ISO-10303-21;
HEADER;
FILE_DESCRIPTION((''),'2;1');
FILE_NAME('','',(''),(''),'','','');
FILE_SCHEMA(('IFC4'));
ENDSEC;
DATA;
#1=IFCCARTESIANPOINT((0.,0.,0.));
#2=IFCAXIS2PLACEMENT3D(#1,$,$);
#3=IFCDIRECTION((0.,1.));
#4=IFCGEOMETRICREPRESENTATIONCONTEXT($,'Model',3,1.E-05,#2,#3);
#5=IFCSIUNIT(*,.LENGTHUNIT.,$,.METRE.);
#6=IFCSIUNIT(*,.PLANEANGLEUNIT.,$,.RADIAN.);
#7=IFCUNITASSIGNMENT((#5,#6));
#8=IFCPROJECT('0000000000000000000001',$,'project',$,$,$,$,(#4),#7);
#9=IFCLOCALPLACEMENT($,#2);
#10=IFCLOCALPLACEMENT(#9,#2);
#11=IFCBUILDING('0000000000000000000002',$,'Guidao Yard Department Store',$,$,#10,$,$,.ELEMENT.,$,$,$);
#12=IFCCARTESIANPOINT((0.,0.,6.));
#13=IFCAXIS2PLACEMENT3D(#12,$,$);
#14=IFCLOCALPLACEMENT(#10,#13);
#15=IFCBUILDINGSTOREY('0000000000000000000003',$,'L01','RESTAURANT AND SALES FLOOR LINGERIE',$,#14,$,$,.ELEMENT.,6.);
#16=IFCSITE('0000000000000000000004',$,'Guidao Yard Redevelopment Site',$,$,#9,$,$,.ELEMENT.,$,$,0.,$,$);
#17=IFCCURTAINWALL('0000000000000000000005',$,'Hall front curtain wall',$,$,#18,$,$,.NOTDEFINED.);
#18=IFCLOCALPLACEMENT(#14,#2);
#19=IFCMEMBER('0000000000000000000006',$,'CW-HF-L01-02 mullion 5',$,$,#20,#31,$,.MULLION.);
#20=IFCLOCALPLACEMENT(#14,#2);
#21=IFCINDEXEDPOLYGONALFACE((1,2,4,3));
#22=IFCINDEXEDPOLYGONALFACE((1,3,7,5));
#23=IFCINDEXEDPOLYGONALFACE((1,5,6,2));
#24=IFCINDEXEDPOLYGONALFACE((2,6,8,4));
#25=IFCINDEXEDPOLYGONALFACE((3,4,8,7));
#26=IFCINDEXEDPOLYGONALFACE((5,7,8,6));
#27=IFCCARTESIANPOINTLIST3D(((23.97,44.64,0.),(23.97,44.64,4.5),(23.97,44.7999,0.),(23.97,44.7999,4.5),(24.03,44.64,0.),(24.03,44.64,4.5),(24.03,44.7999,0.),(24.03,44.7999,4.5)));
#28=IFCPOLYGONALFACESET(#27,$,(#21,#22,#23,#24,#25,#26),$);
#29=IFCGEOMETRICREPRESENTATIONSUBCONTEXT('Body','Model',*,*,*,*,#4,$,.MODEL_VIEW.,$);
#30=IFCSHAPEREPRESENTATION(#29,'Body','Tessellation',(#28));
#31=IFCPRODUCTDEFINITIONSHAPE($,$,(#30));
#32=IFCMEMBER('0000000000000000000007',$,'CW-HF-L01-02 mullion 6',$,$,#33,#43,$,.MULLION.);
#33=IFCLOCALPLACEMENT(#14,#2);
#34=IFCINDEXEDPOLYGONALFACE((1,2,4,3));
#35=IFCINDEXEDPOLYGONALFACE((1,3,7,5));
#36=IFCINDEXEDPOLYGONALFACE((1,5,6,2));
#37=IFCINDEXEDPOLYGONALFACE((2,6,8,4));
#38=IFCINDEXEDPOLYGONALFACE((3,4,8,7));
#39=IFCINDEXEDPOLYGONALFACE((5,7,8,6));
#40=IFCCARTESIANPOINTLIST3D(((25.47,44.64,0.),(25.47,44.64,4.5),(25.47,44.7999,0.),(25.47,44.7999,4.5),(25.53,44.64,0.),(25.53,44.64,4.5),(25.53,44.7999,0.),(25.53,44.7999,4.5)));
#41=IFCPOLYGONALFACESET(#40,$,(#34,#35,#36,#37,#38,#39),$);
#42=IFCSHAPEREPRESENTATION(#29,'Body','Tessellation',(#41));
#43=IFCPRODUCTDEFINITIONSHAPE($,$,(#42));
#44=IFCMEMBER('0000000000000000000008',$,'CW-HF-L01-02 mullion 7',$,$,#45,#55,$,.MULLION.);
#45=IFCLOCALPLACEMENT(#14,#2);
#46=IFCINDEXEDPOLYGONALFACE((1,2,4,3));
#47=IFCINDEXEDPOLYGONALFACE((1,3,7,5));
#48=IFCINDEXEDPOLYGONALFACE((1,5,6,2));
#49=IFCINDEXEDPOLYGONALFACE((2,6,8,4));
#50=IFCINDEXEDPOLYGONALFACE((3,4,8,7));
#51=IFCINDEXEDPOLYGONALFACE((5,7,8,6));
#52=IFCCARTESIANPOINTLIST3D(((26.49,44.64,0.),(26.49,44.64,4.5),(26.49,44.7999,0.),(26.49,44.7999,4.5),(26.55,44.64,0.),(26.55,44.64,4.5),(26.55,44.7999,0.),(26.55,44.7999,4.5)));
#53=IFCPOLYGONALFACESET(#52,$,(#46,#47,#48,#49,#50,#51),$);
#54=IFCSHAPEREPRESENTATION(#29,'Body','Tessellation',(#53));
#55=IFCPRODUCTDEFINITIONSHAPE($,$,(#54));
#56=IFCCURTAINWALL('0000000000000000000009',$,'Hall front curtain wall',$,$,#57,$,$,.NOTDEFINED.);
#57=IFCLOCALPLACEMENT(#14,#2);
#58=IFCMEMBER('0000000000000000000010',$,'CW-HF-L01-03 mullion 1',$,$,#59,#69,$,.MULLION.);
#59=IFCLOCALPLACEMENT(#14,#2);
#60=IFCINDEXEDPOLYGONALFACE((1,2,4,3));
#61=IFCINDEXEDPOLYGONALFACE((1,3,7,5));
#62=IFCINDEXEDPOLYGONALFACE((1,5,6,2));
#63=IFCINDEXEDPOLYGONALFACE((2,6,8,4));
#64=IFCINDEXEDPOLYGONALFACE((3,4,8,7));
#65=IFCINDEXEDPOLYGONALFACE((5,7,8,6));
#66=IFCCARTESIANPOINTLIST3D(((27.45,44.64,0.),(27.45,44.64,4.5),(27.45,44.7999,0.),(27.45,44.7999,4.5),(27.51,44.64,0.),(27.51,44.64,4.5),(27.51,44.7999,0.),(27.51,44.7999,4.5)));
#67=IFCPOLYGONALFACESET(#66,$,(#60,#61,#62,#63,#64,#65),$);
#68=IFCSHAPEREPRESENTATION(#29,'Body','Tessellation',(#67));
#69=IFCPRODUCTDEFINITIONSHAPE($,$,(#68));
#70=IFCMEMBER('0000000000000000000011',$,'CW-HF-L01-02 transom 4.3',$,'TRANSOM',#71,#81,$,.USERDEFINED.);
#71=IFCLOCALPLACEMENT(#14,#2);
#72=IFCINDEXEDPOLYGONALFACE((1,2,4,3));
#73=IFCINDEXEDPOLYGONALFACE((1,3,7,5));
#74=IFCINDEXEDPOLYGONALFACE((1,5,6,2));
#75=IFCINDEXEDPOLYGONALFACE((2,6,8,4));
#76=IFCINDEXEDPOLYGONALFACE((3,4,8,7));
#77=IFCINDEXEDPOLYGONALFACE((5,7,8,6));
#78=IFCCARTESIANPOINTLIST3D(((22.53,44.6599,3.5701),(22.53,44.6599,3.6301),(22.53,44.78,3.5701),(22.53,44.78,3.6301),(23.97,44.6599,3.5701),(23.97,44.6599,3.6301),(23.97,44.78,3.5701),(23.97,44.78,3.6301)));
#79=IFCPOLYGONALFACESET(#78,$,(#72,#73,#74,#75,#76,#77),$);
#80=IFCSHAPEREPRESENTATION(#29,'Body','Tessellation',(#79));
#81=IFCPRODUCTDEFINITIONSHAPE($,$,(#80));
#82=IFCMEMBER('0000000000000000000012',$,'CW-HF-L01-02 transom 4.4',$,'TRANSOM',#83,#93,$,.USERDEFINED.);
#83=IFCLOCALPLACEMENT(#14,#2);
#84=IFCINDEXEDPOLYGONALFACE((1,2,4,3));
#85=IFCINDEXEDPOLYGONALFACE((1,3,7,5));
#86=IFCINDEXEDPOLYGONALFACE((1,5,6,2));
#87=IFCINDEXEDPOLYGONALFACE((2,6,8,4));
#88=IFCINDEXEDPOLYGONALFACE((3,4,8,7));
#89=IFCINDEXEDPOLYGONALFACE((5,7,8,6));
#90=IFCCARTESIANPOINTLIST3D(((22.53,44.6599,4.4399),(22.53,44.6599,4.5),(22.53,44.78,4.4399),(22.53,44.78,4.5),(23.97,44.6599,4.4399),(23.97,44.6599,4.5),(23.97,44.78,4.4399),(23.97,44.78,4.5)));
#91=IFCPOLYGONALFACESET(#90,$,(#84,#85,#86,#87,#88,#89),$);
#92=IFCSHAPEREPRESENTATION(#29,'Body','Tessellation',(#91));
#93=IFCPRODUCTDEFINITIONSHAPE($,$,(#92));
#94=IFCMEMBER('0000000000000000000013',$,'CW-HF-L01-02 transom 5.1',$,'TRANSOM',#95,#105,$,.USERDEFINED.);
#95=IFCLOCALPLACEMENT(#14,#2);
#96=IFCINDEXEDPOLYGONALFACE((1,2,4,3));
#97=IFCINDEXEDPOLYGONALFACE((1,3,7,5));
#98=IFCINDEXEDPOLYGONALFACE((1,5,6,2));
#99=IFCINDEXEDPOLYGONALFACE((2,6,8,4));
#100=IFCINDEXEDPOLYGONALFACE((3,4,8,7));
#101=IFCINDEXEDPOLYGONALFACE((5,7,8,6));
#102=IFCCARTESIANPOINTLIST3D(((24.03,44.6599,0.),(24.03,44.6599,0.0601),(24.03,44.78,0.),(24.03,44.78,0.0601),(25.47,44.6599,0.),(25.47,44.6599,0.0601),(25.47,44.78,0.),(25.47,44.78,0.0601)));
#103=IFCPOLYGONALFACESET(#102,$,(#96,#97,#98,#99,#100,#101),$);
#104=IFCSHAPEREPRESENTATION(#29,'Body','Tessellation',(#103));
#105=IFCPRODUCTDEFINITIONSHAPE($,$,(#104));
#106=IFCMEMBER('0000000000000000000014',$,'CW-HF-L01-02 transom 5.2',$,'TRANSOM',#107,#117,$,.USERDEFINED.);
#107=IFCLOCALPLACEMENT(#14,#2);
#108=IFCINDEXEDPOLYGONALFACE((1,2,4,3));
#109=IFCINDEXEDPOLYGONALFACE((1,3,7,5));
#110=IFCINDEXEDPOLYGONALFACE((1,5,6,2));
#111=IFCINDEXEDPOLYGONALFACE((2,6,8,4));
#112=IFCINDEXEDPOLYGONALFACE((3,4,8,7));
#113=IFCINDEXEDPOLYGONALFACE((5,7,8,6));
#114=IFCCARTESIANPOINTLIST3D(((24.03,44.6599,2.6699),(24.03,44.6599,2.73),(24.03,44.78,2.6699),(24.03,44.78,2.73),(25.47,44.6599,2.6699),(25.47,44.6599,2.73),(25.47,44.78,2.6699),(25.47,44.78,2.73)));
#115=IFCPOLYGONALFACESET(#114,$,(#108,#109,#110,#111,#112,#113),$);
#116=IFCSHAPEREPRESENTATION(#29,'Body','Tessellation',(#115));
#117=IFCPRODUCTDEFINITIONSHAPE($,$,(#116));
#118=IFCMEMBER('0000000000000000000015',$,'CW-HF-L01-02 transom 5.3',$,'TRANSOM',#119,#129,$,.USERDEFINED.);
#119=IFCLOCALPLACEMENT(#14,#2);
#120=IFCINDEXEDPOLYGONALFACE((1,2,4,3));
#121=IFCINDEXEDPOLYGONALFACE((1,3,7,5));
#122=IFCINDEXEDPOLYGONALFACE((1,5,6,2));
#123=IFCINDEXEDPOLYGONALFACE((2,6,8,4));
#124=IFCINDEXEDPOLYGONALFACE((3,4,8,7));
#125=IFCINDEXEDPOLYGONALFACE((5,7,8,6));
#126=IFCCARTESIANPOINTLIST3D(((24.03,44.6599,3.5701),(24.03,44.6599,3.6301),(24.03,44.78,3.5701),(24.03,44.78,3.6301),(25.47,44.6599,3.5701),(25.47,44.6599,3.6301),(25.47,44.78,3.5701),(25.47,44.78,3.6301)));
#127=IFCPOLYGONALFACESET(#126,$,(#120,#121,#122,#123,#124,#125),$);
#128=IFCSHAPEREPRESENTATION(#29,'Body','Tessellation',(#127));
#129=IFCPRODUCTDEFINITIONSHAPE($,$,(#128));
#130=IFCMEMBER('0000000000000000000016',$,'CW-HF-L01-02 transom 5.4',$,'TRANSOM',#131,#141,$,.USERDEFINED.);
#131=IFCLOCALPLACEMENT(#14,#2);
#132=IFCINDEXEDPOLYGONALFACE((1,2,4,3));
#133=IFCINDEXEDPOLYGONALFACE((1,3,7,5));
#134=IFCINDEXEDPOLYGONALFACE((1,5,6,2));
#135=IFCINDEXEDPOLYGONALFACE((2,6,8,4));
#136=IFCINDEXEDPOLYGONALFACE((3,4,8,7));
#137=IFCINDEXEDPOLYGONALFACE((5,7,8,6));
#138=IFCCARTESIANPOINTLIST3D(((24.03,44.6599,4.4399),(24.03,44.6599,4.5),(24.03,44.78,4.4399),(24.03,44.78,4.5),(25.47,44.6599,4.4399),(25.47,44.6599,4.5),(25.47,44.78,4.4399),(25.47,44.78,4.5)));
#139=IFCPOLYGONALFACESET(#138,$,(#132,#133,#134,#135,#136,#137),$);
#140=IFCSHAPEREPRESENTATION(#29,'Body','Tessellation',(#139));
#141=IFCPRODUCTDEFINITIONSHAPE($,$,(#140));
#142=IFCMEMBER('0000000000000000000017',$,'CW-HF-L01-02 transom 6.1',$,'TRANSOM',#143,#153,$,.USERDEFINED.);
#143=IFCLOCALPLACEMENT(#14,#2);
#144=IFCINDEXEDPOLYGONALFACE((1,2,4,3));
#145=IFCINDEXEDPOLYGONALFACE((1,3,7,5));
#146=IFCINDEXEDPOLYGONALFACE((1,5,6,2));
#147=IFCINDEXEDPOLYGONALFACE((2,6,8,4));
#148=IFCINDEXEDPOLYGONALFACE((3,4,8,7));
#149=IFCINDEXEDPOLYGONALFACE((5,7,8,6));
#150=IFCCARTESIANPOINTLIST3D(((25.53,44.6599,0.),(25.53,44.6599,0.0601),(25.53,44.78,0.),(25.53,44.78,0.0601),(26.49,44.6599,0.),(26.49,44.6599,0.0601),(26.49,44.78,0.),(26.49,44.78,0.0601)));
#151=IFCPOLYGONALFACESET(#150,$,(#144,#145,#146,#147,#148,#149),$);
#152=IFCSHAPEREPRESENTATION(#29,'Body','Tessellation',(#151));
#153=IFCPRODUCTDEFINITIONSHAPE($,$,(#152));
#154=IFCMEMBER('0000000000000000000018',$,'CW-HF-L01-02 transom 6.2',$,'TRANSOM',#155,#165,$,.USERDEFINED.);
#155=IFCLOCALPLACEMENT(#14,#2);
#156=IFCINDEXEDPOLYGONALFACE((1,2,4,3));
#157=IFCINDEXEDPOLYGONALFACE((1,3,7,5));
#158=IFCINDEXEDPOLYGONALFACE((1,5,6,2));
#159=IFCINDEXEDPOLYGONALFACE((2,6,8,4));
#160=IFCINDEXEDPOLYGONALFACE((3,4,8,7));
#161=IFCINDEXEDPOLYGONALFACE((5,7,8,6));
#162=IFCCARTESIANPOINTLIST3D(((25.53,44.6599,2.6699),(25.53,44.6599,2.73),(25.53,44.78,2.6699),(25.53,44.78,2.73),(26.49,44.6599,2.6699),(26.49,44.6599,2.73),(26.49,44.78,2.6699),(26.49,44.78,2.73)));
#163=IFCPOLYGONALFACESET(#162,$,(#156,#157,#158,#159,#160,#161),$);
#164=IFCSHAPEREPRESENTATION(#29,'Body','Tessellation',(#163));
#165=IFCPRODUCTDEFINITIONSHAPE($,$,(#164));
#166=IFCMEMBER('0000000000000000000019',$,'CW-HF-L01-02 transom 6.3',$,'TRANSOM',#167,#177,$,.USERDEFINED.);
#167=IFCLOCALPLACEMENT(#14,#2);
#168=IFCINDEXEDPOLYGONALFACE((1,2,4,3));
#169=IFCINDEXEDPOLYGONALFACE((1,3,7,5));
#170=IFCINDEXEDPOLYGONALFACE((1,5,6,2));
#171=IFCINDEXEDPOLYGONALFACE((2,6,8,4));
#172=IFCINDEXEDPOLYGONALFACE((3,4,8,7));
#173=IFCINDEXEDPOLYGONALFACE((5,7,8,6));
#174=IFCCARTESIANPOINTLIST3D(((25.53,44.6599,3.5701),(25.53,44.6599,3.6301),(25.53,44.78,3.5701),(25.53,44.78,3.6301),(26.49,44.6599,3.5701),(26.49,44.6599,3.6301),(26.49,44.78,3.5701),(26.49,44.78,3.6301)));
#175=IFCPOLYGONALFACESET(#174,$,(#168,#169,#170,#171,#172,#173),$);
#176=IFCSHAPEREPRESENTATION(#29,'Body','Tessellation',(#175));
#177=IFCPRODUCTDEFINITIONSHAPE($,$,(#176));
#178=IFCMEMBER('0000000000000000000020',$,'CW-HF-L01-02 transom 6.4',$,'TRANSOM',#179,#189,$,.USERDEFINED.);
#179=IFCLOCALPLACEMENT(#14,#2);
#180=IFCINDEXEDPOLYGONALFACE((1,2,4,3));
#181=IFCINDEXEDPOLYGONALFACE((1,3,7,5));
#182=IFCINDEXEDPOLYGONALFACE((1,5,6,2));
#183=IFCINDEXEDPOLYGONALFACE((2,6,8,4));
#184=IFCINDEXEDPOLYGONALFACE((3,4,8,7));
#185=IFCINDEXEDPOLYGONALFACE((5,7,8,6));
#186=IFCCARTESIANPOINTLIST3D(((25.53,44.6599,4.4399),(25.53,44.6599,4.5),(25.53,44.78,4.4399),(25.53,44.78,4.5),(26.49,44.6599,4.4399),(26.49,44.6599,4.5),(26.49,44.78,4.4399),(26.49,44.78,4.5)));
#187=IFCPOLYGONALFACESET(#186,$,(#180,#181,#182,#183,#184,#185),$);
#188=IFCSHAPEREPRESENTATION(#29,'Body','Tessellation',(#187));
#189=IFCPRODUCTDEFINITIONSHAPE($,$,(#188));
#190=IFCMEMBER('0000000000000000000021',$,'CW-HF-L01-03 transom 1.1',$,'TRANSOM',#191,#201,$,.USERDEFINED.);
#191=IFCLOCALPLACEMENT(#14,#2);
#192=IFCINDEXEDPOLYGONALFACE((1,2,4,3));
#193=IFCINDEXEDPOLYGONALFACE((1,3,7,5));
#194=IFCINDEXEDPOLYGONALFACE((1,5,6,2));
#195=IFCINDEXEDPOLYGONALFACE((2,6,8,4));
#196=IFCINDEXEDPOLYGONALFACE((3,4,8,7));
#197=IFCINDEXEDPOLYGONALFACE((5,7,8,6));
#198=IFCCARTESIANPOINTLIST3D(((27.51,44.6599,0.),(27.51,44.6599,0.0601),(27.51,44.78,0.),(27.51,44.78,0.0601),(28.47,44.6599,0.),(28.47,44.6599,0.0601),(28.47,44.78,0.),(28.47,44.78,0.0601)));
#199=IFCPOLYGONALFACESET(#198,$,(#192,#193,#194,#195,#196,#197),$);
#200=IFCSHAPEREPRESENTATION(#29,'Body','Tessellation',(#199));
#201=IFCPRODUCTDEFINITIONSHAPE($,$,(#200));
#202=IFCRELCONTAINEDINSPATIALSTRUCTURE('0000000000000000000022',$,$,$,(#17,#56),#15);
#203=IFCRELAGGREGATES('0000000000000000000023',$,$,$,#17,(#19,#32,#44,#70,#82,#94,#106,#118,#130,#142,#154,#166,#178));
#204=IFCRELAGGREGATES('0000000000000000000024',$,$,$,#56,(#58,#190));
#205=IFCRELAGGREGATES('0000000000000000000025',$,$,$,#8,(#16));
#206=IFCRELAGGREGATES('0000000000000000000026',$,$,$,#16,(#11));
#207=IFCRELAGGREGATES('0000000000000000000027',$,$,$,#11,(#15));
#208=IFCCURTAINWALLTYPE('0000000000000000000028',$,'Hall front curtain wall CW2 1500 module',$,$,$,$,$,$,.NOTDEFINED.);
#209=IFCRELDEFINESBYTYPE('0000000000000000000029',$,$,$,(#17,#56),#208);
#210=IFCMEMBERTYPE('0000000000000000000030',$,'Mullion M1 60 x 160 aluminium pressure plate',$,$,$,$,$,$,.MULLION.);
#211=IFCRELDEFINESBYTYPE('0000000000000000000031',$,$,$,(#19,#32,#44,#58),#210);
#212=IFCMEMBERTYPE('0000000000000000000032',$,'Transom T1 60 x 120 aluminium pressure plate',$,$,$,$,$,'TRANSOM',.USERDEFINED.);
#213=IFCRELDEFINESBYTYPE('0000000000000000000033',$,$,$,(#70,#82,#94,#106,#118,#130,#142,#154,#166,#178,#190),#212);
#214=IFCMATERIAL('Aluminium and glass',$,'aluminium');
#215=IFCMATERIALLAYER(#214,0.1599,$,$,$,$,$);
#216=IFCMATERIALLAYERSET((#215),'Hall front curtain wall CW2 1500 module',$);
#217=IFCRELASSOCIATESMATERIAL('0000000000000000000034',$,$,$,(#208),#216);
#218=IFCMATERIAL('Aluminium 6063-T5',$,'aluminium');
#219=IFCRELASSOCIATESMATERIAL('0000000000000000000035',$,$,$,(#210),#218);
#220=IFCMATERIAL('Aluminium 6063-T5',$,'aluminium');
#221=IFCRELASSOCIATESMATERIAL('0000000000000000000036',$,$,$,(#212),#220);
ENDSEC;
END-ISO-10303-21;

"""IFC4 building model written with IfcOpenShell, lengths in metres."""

from ifc_helpers import new_model, si_unit, direction, frame, origin, origin_2d, place, context, subcontext, project, spatial, rectangle, extrude, material, layer, layer_set, material_profile, profile_set, type_object, element, aggregate, save


model = new_model("IFC4")

# Units and contexts
model_context = context("Model", 3, precision=1e-05, world=origin(), true_north=direction((0.0, 1.0)))
body_context = subcontext(model_context, "Body", "Model", "MODEL_VIEW")
ifc_project = project(units=[si_unit("LENGTHUNIT", "METRE"), si_unit("PLANEANGLEUNIT", "RADIAN")], contexts=[model_context])

# Site, building, storey
site_placement = place(None, origin())
site = spatial("IfcSite", under=ifc_project, at=site_placement, Name="Guidao Yard Redevelopment Site", CompositionType="ELEMENT", RefElevation=0.0)
building_placement = place(site_placement, origin())
building = spatial("IfcBuilding", under=site, at=building_placement, Name="Guidao Yard Department Store", CompositionType="ELEMENT")
storey_placement = place(building_placement, frame((0.0, 0.0, 6.0)))
storey = spatial("IfcBuildingStorey", under=building, at=storey_placement, Name="L01", Description="RESTAURANT AND SALES FLOOR LINGERIE", CompositionType="ELEMENT", Elevation=6.0)

# Curtain wall, members
ifc_material_1 = material(Name="Aluminium and glass", Category="aluminium")
ifc_layer_1 = layer(ifc_material_1, 0.1599)
ifc_layer_set_1 = layer_set([ifc_layer_1], Name="Hall front curtain wall CW2 1500 module")
curtain_wall_type = type_object("IfcCurtainWallType", Name="Hall front curtain wall CW2 1500 module", PredefinedType="NOTDEFINED", material=ifc_layer_set_1)
curtain_wall_1_placement = place(storey_placement, origin())
curtain_wall_1 = element("IfcCurtainWall", 1, at=curtain_wall_1_placement, inside=storey, type_object=curtain_wall_type, Name="Hall front curtain wall", PredefinedType="NOTDEFINED")
ifc_material_2 = material(Name="Aluminium 6063-T5", Category="aluminium")
ifc_material_profile_1 = material_profile(ifc_material_2, rectangle(XDim=0.0601, YDim=0.1599, at=origin_2d()), Name="Mullion M1 60 x 160 aluminium pressure plate")
ifc_profile_set_1 = profile_set([ifc_material_profile_1], Name="Aluminium 6063-T5")
member_type_1 = type_object("IfcMemberType", Name="Mullion M1 60 x 160 aluminium pressure plate", PredefinedType="MULLION", material=ifc_profile_set_1)
member_1_placement = place(storey_placement, frame((24.0, 44.72, 0.0), z_axis=(0.0, 0.0, 1.0), x_axis=(-1.0, 0.0, 0.0)))
member_1 = element("IfcMember", 2, at=member_1_placement, type_object=member_type_1, Name="CW-HF-L01-02 mullion 5", PredefinedType="MULLION", context=body_context, shape_type="SweptSolid", body=[
    extrude(rectangle(XDim=0.0601, YDim=0.1599, at=origin_2d()), origin(), (0.0, 0.0, 1.0), 4.5),
])
member_2_placement = place(storey_placement, frame((25.5, 44.72, 0.0), z_axis=(0.0, 0.0, 1.0), x_axis=(-1.0, 0.0, 0.0)))
member_2 = element("IfcMember", 3, at=member_2_placement, type_object=member_type_1, Name="CW-HF-L01-02 mullion 6", PredefinedType="MULLION", context=body_context, shape_type="SweptSolid", body=[
    extrude(rectangle(XDim=0.0601, YDim=0.1599, at=origin_2d()), origin(), (0.0, 0.0, 1.0), 4.5),
])
member_3_placement = place(storey_placement, frame((26.52, 44.72, 0.0), z_axis=(0.0, 0.0, 1.0), x_axis=(-1.0, 0.0, 0.0)))
member_3 = element("IfcMember", 4, at=member_3_placement, type_object=member_type_1, Name="CW-HF-L01-02 mullion 7", PredefinedType="MULLION", context=body_context, shape_type="SweptSolid", body=[
    extrude(rectangle(XDim=0.0601, YDim=0.1599, at=origin_2d()), origin(), (0.0, 0.0, 1.0), 4.5),
])

# Curtain wall, member
curtain_wall_2_placement = place(storey_placement, origin())
curtain_wall_2 = element("IfcCurtainWall", 5, at=curtain_wall_2_placement, inside=storey, type_object=curtain_wall_type, Name="Hall front curtain wall", PredefinedType="NOTDEFINED")
member_4_placement = place(storey_placement, frame((27.48, 44.72, 0.0), z_axis=(0.0, 0.0, 1.0), x_axis=(-1.0, 0.0, 0.0)))
member_4 = element("IfcMember", 6, at=member_4_placement, type_object=member_type_1, Name="CW-HF-L01-03 mullion 1", PredefinedType="MULLION", context=body_context, shape_type="SweptSolid", body=[
    extrude(rectangle(XDim=0.0601, YDim=0.1599, at=origin_2d()), origin(), (0.0, 0.0, 1.0), 4.5),
])

# Members
ifc_material_3 = material(Name="Aluminium 6063-T5", Category="aluminium")
ifc_material_profile_2 = material_profile(ifc_material_3, rectangle(XDim=0.1201, YDim=0.0601, at=origin_2d()), Name="Transom T1 60 x 120 aluminium pressure plate")
ifc_profile_set_2 = profile_set([ifc_material_profile_2], Name="Aluminium 6063-T5")
member_type_2 = type_object("IfcMemberType", Name="Transom T1 60 x 120 aluminium pressure plate", ElementType="TRANSOM", PredefinedType="USERDEFINED", material=ifc_profile_set_2)
member_5_placement = place(storey_placement, frame((23.97, 44.72, 3.6001), z_axis=(-1.0, 0.0, 0.0), x_axis=(0.0, -1.0, 0.0)))
member_5 = element("IfcMember", 7, at=member_5_placement, type_object=member_type_2, Name="CW-HF-L01-02 transom 4.3", ObjectType="TRANSOM", PredefinedType="USERDEFINED", context=body_context, shape_type="SweptSolid", body=[
    extrude(rectangle(XDim=0.1201, YDim=0.0601, at=origin_2d()), origin(), (0.0, 0.0, 1.0), 1.4399),
])
member_6_placement = place(storey_placement, frame((23.97, 44.72, 4.47), z_axis=(-1.0, 0.0, 0.0), x_axis=(0.0, -1.0, 0.0)))
member_6 = element("IfcMember", 8, at=member_6_placement, type_object=member_type_2, Name="CW-HF-L01-02 transom 4.4", ObjectType="TRANSOM", PredefinedType="USERDEFINED", context=body_context, shape_type="SweptSolid", body=[
    extrude(rectangle(XDim=0.1201, YDim=0.0601, at=origin_2d()), origin(), (0.0, 0.0, 1.0), 1.4399),
])
member_7_placement = place(storey_placement, frame((25.47, 44.72, 0.03), z_axis=(-1.0, 0.0, 0.0), x_axis=(0.0, -1.0, 0.0)))
member_7 = element("IfcMember", 9, at=member_7_placement, type_object=member_type_2, Name="CW-HF-L01-02 transom 5.1", ObjectType="TRANSOM", PredefinedType="USERDEFINED", context=body_context, shape_type="SweptSolid", body=[
    extrude(rectangle(XDim=0.1201, YDim=0.0601, at=origin_2d()), origin(), (0.0, 0.0, 1.0), 1.4399),
])
member_8_placement = place(storey_placement, frame((25.47, 44.72, 2.7), z_axis=(-1.0, 0.0, 0.0), x_axis=(0.0, -1.0, 0.0)))
member_8 = element("IfcMember", 10, at=member_8_placement, type_object=member_type_2, Name="CW-HF-L01-02 transom 5.2", ObjectType="TRANSOM", PredefinedType="USERDEFINED", context=body_context, shape_type="SweptSolid", body=[
    extrude(rectangle(XDim=0.1201, YDim=0.0601, at=origin_2d()), origin(), (0.0, 0.0, 1.0), 1.4399),
])
member_9_placement = place(storey_placement, frame((25.47, 44.72, 3.6001), z_axis=(-1.0, 0.0, 0.0), x_axis=(0.0, -1.0, 0.0)))
member_9 = element("IfcMember", 11, at=member_9_placement, type_object=member_type_2, Name="CW-HF-L01-02 transom 5.3", ObjectType="TRANSOM", PredefinedType="USERDEFINED", context=body_context, shape_type="SweptSolid", body=[
    extrude(rectangle(XDim=0.1201, YDim=0.0601, at=origin_2d()), origin(), (0.0, 0.0, 1.0), 1.4399),
])
member_10_placement = place(storey_placement, frame((25.47, 44.72, 4.47), z_axis=(-1.0, 0.0, 0.0), x_axis=(0.0, -1.0, 0.0)))
member_10 = element("IfcMember", 12, at=member_10_placement, type_object=member_type_2, Name="CW-HF-L01-02 transom 5.4", ObjectType="TRANSOM", PredefinedType="USERDEFINED", context=body_context, shape_type="SweptSolid", body=[
    extrude(rectangle(XDim=0.1201, YDim=0.0601, at=origin_2d()), origin(), (0.0, 0.0, 1.0), 1.4399),
])
member_11_placement = place(storey_placement, frame((26.49, 44.72, 0.03), z_axis=(-1.0, 0.0, 0.0), x_axis=(0.0, -1.0, 0.0)))
member_11 = element("IfcMember", 13, at=member_11_placement, type_object=member_type_2, Name="CW-HF-L01-02 transom 6.1", ObjectType="TRANSOM", PredefinedType="USERDEFINED", context=body_context, shape_type="SweptSolid", body=[
    extrude(rectangle(XDim=0.1201, YDim=0.0601, at=origin_2d()), origin(), (0.0, 0.0, 1.0), 0.96),
])
member_12_placement = place(storey_placement, frame((26.49, 44.72, 2.7), z_axis=(-1.0, 0.0, 0.0), x_axis=(0.0, -1.0, 0.0)))
member_12 = element("IfcMember", 14, at=member_12_placement, type_object=member_type_2, Name="CW-HF-L01-02 transom 6.2", ObjectType="TRANSOM", PredefinedType="USERDEFINED", context=body_context, shape_type="SweptSolid", body=[
    extrude(rectangle(XDim=0.1201, YDim=0.0601, at=origin_2d()), origin(), (0.0, 0.0, 1.0), 0.96),
])
member_13_placement = place(storey_placement, frame((26.49, 44.72, 3.6001), z_axis=(-1.0, 0.0, 0.0), x_axis=(0.0, -1.0, 0.0)))
member_13 = element("IfcMember", 15, at=member_13_placement, type_object=member_type_2, Name="CW-HF-L01-02 transom 6.3", ObjectType="TRANSOM", PredefinedType="USERDEFINED", context=body_context, shape_type="SweptSolid", body=[
    extrude(rectangle(XDim=0.1201, YDim=0.0601, at=origin_2d()), origin(), (0.0, 0.0, 1.0), 0.96),
])
member_14_placement = place(storey_placement, frame((26.49, 44.72, 4.47), z_axis=(-1.0, 0.0, 0.0), x_axis=(0.0, -1.0, 0.0)))
member_14 = element("IfcMember", 16, at=member_14_placement, type_object=member_type_2, Name="CW-HF-L01-02 transom 6.4", ObjectType="TRANSOM", PredefinedType="USERDEFINED", context=body_context, shape_type="SweptSolid", body=[
    extrude(rectangle(XDim=0.1201, YDim=0.0601, at=origin_2d()), origin(), (0.0, 0.0, 1.0), 0.96),
])
member_15_placement = place(storey_placement, frame((28.47, 44.72, 0.03), z_axis=(-1.0, 0.0, 0.0), x_axis=(0.0, -1.0, 0.0)))
member_15 = element("IfcMember", 17, at=member_15_placement, type_object=member_type_2, Name="CW-HF-L01-03 transom 1.1", ObjectType="TRANSOM", PredefinedType="USERDEFINED", context=body_context, shape_type="SweptSolid", body=[
    extrude(rectangle(XDim=0.1201, YDim=0.0601, at=origin_2d()), origin(), (0.0, 0.0, 1.0), 0.96),
])

aggregate(curtain_wall_1, [member_1, member_2, member_3, member_5, member_6, member_7, member_8, member_9, member_10, member_11, member_12, member_13, member_14])
aggregate(curtain_wall_2, [member_4, member_15])

save(model, "model.ifc")
